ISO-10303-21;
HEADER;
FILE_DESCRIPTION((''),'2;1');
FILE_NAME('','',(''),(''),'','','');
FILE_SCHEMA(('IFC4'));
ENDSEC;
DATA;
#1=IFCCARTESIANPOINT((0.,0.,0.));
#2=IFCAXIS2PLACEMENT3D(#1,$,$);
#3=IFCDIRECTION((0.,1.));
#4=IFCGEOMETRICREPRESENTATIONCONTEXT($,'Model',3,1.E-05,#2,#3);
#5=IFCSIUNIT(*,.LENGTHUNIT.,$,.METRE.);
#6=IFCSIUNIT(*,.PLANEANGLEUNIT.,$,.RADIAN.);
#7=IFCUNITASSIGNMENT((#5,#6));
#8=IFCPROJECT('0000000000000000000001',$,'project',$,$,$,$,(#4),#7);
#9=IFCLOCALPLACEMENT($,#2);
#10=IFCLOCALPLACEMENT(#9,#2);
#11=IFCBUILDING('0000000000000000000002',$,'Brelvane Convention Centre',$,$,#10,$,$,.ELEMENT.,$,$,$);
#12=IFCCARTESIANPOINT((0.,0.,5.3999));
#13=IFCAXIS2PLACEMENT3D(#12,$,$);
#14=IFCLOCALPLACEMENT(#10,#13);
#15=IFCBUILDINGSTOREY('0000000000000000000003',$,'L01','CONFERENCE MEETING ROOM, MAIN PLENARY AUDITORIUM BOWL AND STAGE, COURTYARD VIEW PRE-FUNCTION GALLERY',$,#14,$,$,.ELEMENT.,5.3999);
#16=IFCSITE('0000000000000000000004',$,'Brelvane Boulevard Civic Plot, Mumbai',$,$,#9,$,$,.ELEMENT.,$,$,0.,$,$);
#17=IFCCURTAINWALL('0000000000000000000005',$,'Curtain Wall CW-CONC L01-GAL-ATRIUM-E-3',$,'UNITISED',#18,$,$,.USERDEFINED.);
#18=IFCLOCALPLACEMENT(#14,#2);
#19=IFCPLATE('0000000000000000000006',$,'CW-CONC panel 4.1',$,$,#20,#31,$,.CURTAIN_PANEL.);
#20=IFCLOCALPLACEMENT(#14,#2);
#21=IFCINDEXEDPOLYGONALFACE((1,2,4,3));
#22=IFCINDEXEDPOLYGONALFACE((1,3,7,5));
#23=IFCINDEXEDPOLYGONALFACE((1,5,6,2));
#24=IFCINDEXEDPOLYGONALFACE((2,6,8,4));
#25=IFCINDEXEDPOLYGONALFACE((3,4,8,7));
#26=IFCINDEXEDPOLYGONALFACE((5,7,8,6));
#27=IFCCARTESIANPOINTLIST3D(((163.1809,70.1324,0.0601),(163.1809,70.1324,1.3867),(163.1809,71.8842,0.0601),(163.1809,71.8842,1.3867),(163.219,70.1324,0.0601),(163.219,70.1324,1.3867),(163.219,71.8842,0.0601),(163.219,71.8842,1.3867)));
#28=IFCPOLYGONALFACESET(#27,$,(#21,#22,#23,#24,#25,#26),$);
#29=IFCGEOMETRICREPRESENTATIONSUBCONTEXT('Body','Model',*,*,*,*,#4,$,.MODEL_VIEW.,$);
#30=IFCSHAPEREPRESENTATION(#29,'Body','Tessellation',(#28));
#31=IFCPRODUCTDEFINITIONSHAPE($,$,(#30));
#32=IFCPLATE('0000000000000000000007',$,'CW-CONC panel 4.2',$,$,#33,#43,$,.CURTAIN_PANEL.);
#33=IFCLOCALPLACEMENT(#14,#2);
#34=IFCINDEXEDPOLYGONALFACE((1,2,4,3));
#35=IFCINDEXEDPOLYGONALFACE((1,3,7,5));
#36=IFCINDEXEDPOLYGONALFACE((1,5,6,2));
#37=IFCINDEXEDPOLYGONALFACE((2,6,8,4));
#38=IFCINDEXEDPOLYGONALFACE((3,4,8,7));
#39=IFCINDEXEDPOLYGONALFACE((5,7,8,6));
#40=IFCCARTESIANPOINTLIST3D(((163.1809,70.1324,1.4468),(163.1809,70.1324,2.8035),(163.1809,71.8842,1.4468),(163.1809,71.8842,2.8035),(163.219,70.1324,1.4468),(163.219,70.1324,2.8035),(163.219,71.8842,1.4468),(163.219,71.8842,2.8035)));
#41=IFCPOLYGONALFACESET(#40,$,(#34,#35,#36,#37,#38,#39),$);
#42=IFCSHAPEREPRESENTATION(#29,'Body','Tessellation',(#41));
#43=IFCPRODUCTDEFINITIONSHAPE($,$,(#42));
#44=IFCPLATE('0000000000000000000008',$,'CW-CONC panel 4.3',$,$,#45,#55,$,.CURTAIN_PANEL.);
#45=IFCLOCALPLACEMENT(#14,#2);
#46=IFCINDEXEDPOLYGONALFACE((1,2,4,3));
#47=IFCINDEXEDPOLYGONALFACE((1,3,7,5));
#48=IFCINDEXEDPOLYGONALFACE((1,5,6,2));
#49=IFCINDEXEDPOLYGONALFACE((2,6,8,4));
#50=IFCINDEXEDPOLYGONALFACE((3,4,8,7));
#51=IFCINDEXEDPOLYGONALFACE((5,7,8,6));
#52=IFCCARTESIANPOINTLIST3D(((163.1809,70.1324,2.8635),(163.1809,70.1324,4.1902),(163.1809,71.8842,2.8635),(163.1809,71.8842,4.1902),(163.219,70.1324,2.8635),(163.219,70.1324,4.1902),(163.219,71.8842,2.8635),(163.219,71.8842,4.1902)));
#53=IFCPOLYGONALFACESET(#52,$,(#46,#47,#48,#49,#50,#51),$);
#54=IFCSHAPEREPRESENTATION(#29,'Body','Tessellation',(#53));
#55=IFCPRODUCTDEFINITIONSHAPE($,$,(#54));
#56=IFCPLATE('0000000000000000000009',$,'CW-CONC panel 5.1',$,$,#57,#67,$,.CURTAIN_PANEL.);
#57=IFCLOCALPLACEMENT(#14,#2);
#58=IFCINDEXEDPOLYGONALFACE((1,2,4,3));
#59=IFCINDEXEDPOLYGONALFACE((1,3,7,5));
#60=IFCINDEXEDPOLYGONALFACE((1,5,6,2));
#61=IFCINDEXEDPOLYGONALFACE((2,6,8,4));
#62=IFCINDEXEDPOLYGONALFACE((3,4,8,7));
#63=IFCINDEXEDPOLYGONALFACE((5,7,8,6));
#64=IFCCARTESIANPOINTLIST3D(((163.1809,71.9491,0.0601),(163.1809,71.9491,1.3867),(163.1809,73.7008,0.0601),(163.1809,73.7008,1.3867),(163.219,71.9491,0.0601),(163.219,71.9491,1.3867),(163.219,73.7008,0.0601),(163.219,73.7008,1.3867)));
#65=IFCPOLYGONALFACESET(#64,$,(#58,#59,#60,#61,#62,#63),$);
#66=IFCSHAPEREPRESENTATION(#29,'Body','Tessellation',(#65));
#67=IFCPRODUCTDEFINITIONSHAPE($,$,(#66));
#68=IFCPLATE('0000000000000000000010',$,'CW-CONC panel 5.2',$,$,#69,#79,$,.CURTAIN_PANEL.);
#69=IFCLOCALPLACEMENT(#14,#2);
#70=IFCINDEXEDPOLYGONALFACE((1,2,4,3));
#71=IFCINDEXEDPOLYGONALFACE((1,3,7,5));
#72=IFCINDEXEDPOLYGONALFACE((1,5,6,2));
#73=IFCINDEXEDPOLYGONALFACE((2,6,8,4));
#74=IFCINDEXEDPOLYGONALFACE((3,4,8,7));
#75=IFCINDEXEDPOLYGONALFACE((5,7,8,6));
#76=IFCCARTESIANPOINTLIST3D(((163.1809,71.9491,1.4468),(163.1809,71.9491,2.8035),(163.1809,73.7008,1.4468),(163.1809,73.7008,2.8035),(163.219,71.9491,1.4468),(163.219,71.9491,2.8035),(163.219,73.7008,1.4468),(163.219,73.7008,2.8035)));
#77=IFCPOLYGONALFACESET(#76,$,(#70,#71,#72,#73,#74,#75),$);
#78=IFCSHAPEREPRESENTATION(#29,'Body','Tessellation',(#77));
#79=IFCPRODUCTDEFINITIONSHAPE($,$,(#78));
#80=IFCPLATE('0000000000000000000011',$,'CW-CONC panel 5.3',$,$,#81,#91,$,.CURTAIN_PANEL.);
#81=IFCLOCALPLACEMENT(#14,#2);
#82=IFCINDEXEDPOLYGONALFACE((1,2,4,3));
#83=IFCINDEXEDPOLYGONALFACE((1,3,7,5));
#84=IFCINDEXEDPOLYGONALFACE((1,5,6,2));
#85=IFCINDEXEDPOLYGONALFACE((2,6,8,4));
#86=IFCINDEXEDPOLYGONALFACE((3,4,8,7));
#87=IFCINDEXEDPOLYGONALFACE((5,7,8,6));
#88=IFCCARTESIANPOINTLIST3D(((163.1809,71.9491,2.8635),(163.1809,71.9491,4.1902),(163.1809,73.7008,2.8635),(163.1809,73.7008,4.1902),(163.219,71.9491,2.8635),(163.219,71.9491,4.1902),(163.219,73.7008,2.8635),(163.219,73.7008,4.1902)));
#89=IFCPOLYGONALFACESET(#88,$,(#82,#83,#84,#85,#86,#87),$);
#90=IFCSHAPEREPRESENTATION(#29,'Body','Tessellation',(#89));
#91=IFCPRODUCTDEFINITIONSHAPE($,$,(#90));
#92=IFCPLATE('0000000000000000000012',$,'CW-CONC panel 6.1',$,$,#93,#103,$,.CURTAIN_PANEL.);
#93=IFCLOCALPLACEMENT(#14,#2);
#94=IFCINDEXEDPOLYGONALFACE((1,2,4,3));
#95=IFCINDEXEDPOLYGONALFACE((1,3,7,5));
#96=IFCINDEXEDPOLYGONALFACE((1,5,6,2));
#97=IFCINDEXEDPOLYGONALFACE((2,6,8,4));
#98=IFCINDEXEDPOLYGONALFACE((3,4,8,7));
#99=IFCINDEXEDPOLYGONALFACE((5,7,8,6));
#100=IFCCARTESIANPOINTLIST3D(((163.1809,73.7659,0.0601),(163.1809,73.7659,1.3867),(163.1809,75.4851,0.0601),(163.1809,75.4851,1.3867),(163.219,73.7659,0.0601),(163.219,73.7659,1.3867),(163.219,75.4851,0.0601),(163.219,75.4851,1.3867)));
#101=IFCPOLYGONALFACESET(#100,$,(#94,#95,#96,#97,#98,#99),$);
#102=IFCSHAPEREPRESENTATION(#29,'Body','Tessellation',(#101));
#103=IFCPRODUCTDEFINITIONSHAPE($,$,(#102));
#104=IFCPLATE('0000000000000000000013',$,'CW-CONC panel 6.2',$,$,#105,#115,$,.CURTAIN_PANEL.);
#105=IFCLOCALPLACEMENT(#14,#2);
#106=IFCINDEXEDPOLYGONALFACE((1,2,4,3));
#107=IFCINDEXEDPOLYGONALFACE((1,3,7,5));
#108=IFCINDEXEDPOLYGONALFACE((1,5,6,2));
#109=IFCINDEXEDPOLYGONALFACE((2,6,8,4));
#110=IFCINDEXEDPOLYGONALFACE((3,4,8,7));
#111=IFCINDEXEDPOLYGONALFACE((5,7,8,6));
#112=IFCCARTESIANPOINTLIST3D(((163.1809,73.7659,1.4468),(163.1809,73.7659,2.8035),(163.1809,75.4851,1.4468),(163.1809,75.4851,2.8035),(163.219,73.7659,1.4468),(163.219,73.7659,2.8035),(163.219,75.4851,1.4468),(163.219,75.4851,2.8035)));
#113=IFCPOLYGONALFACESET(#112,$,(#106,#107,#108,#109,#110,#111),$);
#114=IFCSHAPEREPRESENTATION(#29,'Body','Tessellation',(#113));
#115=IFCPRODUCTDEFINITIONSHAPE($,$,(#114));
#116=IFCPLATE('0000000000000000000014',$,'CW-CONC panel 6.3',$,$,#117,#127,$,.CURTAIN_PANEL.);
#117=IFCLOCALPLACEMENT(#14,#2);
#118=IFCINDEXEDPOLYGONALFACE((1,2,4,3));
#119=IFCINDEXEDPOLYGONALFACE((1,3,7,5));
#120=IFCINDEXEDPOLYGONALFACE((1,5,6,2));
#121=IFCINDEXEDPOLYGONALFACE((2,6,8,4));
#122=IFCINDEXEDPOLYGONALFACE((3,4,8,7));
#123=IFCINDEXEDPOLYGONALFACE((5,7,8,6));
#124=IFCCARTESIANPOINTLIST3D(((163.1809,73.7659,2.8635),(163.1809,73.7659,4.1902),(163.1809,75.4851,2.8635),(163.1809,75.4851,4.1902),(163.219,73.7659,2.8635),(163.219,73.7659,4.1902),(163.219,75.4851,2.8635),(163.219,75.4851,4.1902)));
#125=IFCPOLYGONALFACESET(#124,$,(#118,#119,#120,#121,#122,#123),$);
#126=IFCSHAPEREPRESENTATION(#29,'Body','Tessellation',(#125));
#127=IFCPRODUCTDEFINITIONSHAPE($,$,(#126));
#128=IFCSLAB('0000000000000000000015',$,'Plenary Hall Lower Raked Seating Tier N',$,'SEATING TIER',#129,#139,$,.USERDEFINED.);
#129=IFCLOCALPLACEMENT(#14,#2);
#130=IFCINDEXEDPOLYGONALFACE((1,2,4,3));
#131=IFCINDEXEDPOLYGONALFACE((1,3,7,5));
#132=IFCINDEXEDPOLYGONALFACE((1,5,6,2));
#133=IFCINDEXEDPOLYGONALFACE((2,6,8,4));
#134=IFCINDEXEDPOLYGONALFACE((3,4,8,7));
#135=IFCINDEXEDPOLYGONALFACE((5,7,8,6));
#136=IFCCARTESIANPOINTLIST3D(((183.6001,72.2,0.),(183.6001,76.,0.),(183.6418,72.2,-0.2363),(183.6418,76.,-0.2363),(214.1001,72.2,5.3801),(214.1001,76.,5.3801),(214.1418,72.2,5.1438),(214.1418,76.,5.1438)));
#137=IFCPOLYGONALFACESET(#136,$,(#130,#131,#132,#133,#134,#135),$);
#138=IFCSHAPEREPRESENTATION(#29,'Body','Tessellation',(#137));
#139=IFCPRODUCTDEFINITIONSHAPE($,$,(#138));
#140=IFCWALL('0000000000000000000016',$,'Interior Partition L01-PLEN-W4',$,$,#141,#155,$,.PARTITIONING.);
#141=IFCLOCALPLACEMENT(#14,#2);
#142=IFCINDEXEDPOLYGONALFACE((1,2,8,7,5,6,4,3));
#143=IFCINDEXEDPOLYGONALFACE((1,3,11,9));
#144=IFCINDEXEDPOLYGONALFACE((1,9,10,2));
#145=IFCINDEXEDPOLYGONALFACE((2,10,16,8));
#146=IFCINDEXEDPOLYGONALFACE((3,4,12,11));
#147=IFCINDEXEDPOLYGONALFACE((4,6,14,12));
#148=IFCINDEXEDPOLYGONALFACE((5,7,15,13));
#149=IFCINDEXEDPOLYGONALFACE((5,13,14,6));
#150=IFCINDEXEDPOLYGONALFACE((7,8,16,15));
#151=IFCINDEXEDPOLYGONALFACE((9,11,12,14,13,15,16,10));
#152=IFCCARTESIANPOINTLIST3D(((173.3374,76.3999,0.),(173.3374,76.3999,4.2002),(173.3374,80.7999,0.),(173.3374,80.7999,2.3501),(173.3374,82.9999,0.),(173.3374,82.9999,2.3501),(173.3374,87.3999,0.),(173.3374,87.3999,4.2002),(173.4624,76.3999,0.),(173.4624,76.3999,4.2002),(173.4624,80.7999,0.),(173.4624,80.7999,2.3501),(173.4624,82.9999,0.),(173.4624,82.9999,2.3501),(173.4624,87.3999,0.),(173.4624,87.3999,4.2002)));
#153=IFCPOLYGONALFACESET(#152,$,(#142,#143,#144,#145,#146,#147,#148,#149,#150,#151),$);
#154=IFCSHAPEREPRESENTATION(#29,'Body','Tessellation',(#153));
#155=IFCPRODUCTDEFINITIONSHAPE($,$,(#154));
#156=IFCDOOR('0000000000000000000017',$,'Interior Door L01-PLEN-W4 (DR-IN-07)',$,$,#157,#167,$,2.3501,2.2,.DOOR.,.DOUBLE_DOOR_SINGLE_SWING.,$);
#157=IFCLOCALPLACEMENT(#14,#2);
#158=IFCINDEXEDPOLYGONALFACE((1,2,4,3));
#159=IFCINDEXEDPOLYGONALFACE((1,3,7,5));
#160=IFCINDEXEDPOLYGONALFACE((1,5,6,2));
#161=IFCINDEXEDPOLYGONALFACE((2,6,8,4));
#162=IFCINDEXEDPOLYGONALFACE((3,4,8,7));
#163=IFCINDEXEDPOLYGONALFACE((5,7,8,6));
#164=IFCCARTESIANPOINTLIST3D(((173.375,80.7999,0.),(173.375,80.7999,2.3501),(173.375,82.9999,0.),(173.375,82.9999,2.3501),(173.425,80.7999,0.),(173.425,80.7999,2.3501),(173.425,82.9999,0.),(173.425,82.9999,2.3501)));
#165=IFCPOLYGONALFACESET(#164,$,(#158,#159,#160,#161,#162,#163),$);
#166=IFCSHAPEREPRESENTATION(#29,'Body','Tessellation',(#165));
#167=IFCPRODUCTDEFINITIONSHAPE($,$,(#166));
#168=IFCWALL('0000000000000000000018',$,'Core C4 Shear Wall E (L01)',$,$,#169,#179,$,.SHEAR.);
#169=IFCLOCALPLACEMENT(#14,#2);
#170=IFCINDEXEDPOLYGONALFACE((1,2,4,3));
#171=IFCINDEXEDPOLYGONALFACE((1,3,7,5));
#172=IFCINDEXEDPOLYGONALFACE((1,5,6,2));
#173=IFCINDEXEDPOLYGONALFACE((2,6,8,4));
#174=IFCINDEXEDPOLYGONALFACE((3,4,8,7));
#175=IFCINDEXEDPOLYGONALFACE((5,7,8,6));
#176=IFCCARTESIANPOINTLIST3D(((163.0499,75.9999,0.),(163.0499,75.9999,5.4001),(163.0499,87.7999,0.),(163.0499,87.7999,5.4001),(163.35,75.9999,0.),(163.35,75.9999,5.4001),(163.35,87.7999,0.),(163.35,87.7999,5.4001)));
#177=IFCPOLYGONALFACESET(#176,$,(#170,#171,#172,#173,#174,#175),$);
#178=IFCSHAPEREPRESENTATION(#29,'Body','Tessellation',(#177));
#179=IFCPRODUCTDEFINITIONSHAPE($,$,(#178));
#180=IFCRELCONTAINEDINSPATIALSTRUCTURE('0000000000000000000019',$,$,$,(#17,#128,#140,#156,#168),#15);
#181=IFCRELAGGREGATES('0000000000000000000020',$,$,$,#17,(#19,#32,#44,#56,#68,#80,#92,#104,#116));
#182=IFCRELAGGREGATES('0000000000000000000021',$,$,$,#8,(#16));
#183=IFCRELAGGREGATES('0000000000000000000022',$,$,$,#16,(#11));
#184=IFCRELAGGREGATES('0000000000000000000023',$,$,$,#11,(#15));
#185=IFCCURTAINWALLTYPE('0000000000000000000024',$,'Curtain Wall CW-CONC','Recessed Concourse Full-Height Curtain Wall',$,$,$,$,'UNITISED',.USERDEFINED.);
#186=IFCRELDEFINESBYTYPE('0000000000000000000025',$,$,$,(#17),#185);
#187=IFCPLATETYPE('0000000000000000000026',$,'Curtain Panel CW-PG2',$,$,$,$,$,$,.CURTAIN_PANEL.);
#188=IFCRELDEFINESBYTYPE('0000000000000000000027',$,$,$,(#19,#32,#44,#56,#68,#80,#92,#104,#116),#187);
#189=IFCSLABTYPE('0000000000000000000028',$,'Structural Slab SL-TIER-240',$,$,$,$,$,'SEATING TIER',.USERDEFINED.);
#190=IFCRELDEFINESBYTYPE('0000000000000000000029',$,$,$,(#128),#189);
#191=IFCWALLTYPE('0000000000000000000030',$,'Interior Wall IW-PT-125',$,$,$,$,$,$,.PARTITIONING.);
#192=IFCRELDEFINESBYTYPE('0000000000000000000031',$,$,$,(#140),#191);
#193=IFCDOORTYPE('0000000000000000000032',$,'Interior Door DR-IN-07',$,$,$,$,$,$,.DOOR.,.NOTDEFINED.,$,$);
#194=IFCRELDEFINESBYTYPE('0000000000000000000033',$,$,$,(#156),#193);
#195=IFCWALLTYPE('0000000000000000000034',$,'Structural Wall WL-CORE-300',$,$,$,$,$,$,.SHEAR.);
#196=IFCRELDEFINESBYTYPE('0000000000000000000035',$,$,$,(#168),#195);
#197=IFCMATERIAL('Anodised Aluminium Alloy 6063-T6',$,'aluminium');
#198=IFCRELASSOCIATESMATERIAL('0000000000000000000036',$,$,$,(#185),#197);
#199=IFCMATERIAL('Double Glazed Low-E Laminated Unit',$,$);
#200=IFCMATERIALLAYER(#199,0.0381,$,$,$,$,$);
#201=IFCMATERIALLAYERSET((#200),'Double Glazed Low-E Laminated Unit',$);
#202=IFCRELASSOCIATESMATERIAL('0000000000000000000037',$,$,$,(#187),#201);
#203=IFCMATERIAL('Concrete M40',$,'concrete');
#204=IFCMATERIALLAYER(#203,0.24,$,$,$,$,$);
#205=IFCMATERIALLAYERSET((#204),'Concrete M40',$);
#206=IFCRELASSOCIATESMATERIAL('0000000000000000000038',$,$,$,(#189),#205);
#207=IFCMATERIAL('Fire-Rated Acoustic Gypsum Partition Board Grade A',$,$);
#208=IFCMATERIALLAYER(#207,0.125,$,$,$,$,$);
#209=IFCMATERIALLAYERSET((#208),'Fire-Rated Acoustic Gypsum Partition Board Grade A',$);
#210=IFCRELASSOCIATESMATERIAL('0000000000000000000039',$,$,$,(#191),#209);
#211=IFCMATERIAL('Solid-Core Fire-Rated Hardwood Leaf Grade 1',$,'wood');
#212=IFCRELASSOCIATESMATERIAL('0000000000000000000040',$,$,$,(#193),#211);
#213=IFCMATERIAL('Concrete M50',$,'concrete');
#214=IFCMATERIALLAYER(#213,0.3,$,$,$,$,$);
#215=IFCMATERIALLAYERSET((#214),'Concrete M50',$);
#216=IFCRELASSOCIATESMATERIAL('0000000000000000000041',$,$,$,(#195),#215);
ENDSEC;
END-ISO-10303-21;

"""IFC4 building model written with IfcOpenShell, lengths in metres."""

from ifc_helpers import new_model, si_unit, direction, frame, frame_2d, origin, origin_2d, place, context, subcontext, project, spatial, polyline, rectangle, outline, extrude, material, layer, layer_set, type_object, element, fill, aggregate, save


model = new_model("IFC4")

# Units and contexts
model_context = context("Model", 3, precision=1e-05, world=origin(), true_north=direction((0.0, 1.0)))
body_context = subcontext(model_context, "Body", "Model", "MODEL_VIEW")
ifc_project = project(units=[si_unit("LENGTHUNIT", "METRE"), si_unit("PLANEANGLEUNIT", "RADIAN")], contexts=[model_context])

# Site, building, storey
site_placement = place(None, origin())
site = spatial("IfcSite", under=ifc_project, at=site_placement, Name="Brelvane Boulevard Civic Plot, Mumbai", CompositionType="ELEMENT", RefElevation=0.0)
building_placement = place(site_placement, origin())
building = spatial("IfcBuilding", under=site, at=building_placement, Name="Brelvane Convention Centre", CompositionType="ELEMENT")
storey_placement = place(building_placement, frame((0.0, 0.0, 5.3999)))
storey = spatial("IfcBuildingStorey", under=building, at=storey_placement, Name="L01", Description="CONFERENCE MEETING ROOM, MAIN PLENARY AUDITORIUM BOWL AND STAGE, COURTYARD VIEW PRE-FUNCTION GALLERY", CompositionType="ELEMENT", Elevation=5.3999)

# Curtain wall
ifc_material_1 = material(Name="Anodised Aluminium Alloy 6063-T6", Category="aluminium")
curtain_wall_type = type_object("IfcCurtainWallType", Name="Curtain Wall CW-CONC", Description="Recessed Concourse Full-Height Curtain Wall", ElementType="UNITISED", PredefinedType="USERDEFINED", material=ifc_material_1)
curtain_wall_placement = place(storey_placement, origin())
curtain_wall = element("IfcCurtainWall", 1, at=curtain_wall_placement, inside=storey, type_object=curtain_wall_type, Name="Curtain Wall CW-CONC L01-GAL-ATRIUM-E-3", ObjectType="UNITISED", PredefinedType="USERDEFINED")

# Plates
ifc_material_2 = material(Name="Double Glazed Low-E Laminated Unit")
ifc_layer_1 = layer(ifc_material_2, 0.0381)
ifc_layer_set_1 = layer_set([ifc_layer_1], Name="Double Glazed Low-E Laminated Unit")
plate_type = type_object("IfcPlateType", Name="Curtain Panel CW-PG2", PredefinedType="CURTAIN_PANEL", material=ifc_layer_set_1)
plate_1_placement = place(storey_placement, frame((163.2, 71.0083, 0.0601), z_axis=(0.0, 0.0, 1.0), x_axis=(0.0, 1.0, 0.0)))
plate_1 = element("IfcPlate", 2, at=plate_1_placement, type_object=plate_type, Name="CW-CONC panel 4.1", PredefinedType="CURTAIN_PANEL", context=body_context, shape_type="SweptSolid", body=[
    extrude(rectangle(XDim=1.7517, YDim=0.0381, at=origin_2d()), origin(), (0.0, 0.0, 1.0), 1.3267),
])
plate_2_placement = place(storey_placement, frame((163.2, 71.0083, 1.4468), z_axis=(0.0, 0.0, 1.0), x_axis=(0.0, 1.0, 0.0)))
plate_2 = element("IfcPlate", 3, at=plate_2_placement, type_object=plate_type, Name="CW-CONC panel 4.2", PredefinedType="CURTAIN_PANEL", context=body_context, shape_type="SweptSolid", body=[
    extrude(rectangle(XDim=1.7517, YDim=0.0381, at=origin_2d()), origin(), (0.0, 0.0, 1.0), 1.3567),
])
plate_3_placement = place(storey_placement, frame((163.2, 71.0083, 2.8635), z_axis=(0.0, 0.0, 1.0), x_axis=(0.0, 1.0, 0.0)))
plate_3 = element("IfcPlate", 4, at=plate_3_placement, type_object=plate_type, Name="CW-CONC panel 4.3", PredefinedType="CURTAIN_PANEL", context=body_context, shape_type="SweptSolid", body=[
    extrude(rectangle(XDim=1.7517, YDim=0.0381, at=origin_2d()), origin(), (0.0, 0.0, 1.0), 1.3267),
])
plate_4_placement = place(storey_placement, frame((163.2, 72.825, 0.0601), z_axis=(0.0, 0.0, 1.0), x_axis=(0.0, 1.0, 0.0)))
plate_4 = element("IfcPlate", 5, at=plate_4_placement, type_object=plate_type, Name="CW-CONC panel 5.1", PredefinedType="CURTAIN_PANEL", context=body_context, shape_type="SweptSolid", body=[
    extrude(rectangle(XDim=1.7517, YDim=0.0381, at=origin_2d()), origin(), (0.0, 0.0, 1.0), 1.3267),
])
plate_5_placement = place(storey_placement, frame((163.2, 72.825, 1.4468), z_axis=(0.0, 0.0, 1.0), x_axis=(0.0, 1.0, 0.0)))
plate_5 = element("IfcPlate", 6, at=plate_5_placement, type_object=plate_type, Name="CW-CONC panel 5.2", PredefinedType="CURTAIN_PANEL", context=body_context, shape_type="SweptSolid", body=[
    extrude(rectangle(XDim=1.7517, YDim=0.0381, at=origin_2d()), origin(), (0.0, 0.0, 1.0), 1.3567),
])
plate_6_placement = place(storey_placement, frame((163.2, 72.825, 2.8635), z_axis=(0.0, 0.0, 1.0), x_axis=(0.0, 1.0, 0.0)))
plate_6 = element("IfcPlate", 7, at=plate_6_placement, type_object=plate_type, Name="CW-CONC panel 5.3", PredefinedType="CURTAIN_PANEL", context=body_context, shape_type="SweptSolid", body=[
    extrude(rectangle(XDim=1.7517, YDim=0.0381, at=origin_2d()), origin(), (0.0, 0.0, 1.0), 1.3267),
])
plate_7_placement = place(storey_placement, frame((163.2, 74.6255, 0.0601), z_axis=(0.0, 0.0, 1.0), x_axis=(0.0, 1.0, 0.0)))
plate_7 = element("IfcPlate", 8, at=plate_7_placement, type_object=plate_type, Name="CW-CONC panel 6.1", PredefinedType="CURTAIN_PANEL", context=body_context, shape_type="SweptSolid", body=[
    extrude(rectangle(XDim=1.7192, YDim=0.0381, at=origin_2d()), origin(), (0.0, 0.0, 1.0), 1.3267),
])
plate_8_placement = place(storey_placement, frame((163.2, 74.6255, 1.4468), z_axis=(0.0, 0.0, 1.0), x_axis=(0.0, 1.0, 0.0)))
plate_8 = element("IfcPlate", 9, at=plate_8_placement, type_object=plate_type, Name="CW-CONC panel 6.2", PredefinedType="CURTAIN_PANEL", context=body_context, shape_type="SweptSolid", body=[
    extrude(rectangle(XDim=1.7192, YDim=0.0381, at=origin_2d()), origin(), (0.0, 0.0, 1.0), 1.3567),
])
plate_9_placement = place(storey_placement, frame((163.2, 74.6255, 2.8635), z_axis=(0.0, 0.0, 1.0), x_axis=(0.0, 1.0, 0.0)))
plate_9 = element("IfcPlate", 10, at=plate_9_placement, type_object=plate_type, Name="CW-CONC panel 6.3", PredefinedType="CURTAIN_PANEL", context=body_context, shape_type="SweptSolid", body=[
    extrude(rectangle(XDim=1.7192, YDim=0.0381, at=origin_2d()), origin(), (0.0, 0.0, 1.0), 1.3267),
])
aggregate(curtain_wall, [plate_1, plate_2, plate_3, plate_4, plate_5, plate_6, plate_7, plate_8, plate_9])

# Slab
ifc_material_3 = material(Name="Concrete M40", Category="concrete")
ifc_layer_2 = layer(ifc_material_3, 0.24)
ifc_layer_set_2 = layer_set([ifc_layer_2], Name="Concrete M40")
slab_type = type_object("IfcSlabType", Name="Structural Slab SL-TIER-240", ElementType="SEATING TIER", PredefinedType="USERDEFINED", material=ifc_layer_set_2)
slab_placement = place(storey_placement, frame((183.6001, 72.2, 0.0), z_axis=(-0.173716, 0.0, 0.984796), x_axis=(0.984796, 0.0, 0.173716)))
element("IfcSlab", 11, at=slab_placement, inside=storey, type_object=slab_type, Name="Plenary Hall Lower Raked Seating Tier N", ObjectType="SEATING TIER", PredefinedType="USERDEFINED", context=body_context, shape_type="SweptSolid", body=[
    extrude(outline(polyline([(0.0, 0.0), (30.9709, 0.0), (30.9709, 3.8), (0.0, 3.8), (0.0, 0.0)])), origin(), (0.0, 0.0, -1.0), 0.24),
])

# Wall, opening, door
ifc_material_4 = material(Name="Fire-Rated Acoustic Gypsum Partition Board Grade A")
ifc_layer_3 = layer(ifc_material_4, 0.125)
ifc_layer_set_3 = layer_set([ifc_layer_3], Name="Fire-Rated Acoustic Gypsum Partition Board Grade A")
wall_type_1 = type_object("IfcWallType", Name="Interior Wall IW-PT-125", PredefinedType="PARTITIONING", material=ifc_layer_set_3)
wall_1_placement = place(storey_placement, frame((173.3999, 76.3999, 0.0), z_axis=(0.0, 0.0, 1.0), x_axis=(0.0, 1.0, 0.0)))
wall_1 = element("IfcWall", 12, at=wall_1_placement, inside=storey, type_object=wall_type_1, Name="Interior Partition L01-PLEN-W4", PredefinedType="PARTITIONING", context=body_context, shape_type="SweptSolid", body=[
    extrude(rectangle(XDim=11.0, YDim=0.125, at=frame_2d((5.5, 0.0))), origin(), (0.0, 0.0, 1.0), 4.2002),
])
opening_placement = place(wall_1_placement, frame((4.3999, 0.0, 0.0)))
opening = element("IfcOpeningElement", 13, at=opening_placement, cuts=wall_1, PredefinedType="OPENING", context=body_context, shape_type="SweptSolid", body=[
    extrude(rectangle(XDim=2.2, YDim=2.3501, at=frame_2d((1.1001, 1.175))), frame((0.0, 0.0725, 0.0), z_axis=(0.0, -1.0, 0.0), x_axis=(1.0, 0.0, 0.0)), (0.0, 0.0, 1.0), 0.145),
])
ifc_material_5 = material(Name="Solid-Core Fire-Rated Hardwood Leaf Grade 1", Category="wood")
door_type = type_object("IfcDoorType", Name="Interior Door DR-IN-07", OperationType="NOTDEFINED", PredefinedType="DOOR", material=ifc_material_5)
door_placement = place(opening_placement, origin())
door = element("IfcDoor", 14, at=door_placement, inside=storey, type_object=door_type, Name="Interior Door L01-PLEN-W4 (DR-IN-07)", OperationType="DOUBLE_DOOR_SINGLE_SWING", OverallHeight=2.3501, OverallWidth=2.2, PredefinedType="DOOR", context=body_context, shape_type="SweptSolid", body=[
    extrude(rectangle(XDim=2.2, YDim=2.3501, at=frame_2d((1.1001, 1.175))), frame((0.0, 0.0249, 0.0), z_axis=(0.0, -1.0, 0.0), x_axis=(1.0, 0.0, 0.0)), (0.0, 0.0, 1.0), 0.05),
])
fill(opening, door)

# Wall
ifc_material_6 = material(Name="Concrete M50", Category="concrete")
ifc_layer_4 = layer(ifc_material_6, 0.3)
ifc_layer_set_4 = layer_set([ifc_layer_4], Name="Concrete M50")
wall_type_2 = type_object("IfcWallType", Name="Structural Wall WL-CORE-300", PredefinedType="SHEAR", material=ifc_layer_set_4)
wall_2_placement = place(storey_placement, frame((163.2, 76.0, 0.0), z_axis=(0.0, 0.0, 1.0), x_axis=(0.0, 1.0, 0.0)))
element("IfcWall", 15, at=wall_2_placement, inside=storey, type_object=wall_type_2, Name="Core C4 Shear Wall E (L01)", PredefinedType="SHEAR", context=body_context, shape_type="SweptSolid", body=[
    extrude(rectangle(XDim=11.8, YDim=0.3, at=frame_2d((5.8999, 0.0))), origin(), (0.0, 0.0, 1.0), 5.4001),
])

save(model, "model.ifc")
